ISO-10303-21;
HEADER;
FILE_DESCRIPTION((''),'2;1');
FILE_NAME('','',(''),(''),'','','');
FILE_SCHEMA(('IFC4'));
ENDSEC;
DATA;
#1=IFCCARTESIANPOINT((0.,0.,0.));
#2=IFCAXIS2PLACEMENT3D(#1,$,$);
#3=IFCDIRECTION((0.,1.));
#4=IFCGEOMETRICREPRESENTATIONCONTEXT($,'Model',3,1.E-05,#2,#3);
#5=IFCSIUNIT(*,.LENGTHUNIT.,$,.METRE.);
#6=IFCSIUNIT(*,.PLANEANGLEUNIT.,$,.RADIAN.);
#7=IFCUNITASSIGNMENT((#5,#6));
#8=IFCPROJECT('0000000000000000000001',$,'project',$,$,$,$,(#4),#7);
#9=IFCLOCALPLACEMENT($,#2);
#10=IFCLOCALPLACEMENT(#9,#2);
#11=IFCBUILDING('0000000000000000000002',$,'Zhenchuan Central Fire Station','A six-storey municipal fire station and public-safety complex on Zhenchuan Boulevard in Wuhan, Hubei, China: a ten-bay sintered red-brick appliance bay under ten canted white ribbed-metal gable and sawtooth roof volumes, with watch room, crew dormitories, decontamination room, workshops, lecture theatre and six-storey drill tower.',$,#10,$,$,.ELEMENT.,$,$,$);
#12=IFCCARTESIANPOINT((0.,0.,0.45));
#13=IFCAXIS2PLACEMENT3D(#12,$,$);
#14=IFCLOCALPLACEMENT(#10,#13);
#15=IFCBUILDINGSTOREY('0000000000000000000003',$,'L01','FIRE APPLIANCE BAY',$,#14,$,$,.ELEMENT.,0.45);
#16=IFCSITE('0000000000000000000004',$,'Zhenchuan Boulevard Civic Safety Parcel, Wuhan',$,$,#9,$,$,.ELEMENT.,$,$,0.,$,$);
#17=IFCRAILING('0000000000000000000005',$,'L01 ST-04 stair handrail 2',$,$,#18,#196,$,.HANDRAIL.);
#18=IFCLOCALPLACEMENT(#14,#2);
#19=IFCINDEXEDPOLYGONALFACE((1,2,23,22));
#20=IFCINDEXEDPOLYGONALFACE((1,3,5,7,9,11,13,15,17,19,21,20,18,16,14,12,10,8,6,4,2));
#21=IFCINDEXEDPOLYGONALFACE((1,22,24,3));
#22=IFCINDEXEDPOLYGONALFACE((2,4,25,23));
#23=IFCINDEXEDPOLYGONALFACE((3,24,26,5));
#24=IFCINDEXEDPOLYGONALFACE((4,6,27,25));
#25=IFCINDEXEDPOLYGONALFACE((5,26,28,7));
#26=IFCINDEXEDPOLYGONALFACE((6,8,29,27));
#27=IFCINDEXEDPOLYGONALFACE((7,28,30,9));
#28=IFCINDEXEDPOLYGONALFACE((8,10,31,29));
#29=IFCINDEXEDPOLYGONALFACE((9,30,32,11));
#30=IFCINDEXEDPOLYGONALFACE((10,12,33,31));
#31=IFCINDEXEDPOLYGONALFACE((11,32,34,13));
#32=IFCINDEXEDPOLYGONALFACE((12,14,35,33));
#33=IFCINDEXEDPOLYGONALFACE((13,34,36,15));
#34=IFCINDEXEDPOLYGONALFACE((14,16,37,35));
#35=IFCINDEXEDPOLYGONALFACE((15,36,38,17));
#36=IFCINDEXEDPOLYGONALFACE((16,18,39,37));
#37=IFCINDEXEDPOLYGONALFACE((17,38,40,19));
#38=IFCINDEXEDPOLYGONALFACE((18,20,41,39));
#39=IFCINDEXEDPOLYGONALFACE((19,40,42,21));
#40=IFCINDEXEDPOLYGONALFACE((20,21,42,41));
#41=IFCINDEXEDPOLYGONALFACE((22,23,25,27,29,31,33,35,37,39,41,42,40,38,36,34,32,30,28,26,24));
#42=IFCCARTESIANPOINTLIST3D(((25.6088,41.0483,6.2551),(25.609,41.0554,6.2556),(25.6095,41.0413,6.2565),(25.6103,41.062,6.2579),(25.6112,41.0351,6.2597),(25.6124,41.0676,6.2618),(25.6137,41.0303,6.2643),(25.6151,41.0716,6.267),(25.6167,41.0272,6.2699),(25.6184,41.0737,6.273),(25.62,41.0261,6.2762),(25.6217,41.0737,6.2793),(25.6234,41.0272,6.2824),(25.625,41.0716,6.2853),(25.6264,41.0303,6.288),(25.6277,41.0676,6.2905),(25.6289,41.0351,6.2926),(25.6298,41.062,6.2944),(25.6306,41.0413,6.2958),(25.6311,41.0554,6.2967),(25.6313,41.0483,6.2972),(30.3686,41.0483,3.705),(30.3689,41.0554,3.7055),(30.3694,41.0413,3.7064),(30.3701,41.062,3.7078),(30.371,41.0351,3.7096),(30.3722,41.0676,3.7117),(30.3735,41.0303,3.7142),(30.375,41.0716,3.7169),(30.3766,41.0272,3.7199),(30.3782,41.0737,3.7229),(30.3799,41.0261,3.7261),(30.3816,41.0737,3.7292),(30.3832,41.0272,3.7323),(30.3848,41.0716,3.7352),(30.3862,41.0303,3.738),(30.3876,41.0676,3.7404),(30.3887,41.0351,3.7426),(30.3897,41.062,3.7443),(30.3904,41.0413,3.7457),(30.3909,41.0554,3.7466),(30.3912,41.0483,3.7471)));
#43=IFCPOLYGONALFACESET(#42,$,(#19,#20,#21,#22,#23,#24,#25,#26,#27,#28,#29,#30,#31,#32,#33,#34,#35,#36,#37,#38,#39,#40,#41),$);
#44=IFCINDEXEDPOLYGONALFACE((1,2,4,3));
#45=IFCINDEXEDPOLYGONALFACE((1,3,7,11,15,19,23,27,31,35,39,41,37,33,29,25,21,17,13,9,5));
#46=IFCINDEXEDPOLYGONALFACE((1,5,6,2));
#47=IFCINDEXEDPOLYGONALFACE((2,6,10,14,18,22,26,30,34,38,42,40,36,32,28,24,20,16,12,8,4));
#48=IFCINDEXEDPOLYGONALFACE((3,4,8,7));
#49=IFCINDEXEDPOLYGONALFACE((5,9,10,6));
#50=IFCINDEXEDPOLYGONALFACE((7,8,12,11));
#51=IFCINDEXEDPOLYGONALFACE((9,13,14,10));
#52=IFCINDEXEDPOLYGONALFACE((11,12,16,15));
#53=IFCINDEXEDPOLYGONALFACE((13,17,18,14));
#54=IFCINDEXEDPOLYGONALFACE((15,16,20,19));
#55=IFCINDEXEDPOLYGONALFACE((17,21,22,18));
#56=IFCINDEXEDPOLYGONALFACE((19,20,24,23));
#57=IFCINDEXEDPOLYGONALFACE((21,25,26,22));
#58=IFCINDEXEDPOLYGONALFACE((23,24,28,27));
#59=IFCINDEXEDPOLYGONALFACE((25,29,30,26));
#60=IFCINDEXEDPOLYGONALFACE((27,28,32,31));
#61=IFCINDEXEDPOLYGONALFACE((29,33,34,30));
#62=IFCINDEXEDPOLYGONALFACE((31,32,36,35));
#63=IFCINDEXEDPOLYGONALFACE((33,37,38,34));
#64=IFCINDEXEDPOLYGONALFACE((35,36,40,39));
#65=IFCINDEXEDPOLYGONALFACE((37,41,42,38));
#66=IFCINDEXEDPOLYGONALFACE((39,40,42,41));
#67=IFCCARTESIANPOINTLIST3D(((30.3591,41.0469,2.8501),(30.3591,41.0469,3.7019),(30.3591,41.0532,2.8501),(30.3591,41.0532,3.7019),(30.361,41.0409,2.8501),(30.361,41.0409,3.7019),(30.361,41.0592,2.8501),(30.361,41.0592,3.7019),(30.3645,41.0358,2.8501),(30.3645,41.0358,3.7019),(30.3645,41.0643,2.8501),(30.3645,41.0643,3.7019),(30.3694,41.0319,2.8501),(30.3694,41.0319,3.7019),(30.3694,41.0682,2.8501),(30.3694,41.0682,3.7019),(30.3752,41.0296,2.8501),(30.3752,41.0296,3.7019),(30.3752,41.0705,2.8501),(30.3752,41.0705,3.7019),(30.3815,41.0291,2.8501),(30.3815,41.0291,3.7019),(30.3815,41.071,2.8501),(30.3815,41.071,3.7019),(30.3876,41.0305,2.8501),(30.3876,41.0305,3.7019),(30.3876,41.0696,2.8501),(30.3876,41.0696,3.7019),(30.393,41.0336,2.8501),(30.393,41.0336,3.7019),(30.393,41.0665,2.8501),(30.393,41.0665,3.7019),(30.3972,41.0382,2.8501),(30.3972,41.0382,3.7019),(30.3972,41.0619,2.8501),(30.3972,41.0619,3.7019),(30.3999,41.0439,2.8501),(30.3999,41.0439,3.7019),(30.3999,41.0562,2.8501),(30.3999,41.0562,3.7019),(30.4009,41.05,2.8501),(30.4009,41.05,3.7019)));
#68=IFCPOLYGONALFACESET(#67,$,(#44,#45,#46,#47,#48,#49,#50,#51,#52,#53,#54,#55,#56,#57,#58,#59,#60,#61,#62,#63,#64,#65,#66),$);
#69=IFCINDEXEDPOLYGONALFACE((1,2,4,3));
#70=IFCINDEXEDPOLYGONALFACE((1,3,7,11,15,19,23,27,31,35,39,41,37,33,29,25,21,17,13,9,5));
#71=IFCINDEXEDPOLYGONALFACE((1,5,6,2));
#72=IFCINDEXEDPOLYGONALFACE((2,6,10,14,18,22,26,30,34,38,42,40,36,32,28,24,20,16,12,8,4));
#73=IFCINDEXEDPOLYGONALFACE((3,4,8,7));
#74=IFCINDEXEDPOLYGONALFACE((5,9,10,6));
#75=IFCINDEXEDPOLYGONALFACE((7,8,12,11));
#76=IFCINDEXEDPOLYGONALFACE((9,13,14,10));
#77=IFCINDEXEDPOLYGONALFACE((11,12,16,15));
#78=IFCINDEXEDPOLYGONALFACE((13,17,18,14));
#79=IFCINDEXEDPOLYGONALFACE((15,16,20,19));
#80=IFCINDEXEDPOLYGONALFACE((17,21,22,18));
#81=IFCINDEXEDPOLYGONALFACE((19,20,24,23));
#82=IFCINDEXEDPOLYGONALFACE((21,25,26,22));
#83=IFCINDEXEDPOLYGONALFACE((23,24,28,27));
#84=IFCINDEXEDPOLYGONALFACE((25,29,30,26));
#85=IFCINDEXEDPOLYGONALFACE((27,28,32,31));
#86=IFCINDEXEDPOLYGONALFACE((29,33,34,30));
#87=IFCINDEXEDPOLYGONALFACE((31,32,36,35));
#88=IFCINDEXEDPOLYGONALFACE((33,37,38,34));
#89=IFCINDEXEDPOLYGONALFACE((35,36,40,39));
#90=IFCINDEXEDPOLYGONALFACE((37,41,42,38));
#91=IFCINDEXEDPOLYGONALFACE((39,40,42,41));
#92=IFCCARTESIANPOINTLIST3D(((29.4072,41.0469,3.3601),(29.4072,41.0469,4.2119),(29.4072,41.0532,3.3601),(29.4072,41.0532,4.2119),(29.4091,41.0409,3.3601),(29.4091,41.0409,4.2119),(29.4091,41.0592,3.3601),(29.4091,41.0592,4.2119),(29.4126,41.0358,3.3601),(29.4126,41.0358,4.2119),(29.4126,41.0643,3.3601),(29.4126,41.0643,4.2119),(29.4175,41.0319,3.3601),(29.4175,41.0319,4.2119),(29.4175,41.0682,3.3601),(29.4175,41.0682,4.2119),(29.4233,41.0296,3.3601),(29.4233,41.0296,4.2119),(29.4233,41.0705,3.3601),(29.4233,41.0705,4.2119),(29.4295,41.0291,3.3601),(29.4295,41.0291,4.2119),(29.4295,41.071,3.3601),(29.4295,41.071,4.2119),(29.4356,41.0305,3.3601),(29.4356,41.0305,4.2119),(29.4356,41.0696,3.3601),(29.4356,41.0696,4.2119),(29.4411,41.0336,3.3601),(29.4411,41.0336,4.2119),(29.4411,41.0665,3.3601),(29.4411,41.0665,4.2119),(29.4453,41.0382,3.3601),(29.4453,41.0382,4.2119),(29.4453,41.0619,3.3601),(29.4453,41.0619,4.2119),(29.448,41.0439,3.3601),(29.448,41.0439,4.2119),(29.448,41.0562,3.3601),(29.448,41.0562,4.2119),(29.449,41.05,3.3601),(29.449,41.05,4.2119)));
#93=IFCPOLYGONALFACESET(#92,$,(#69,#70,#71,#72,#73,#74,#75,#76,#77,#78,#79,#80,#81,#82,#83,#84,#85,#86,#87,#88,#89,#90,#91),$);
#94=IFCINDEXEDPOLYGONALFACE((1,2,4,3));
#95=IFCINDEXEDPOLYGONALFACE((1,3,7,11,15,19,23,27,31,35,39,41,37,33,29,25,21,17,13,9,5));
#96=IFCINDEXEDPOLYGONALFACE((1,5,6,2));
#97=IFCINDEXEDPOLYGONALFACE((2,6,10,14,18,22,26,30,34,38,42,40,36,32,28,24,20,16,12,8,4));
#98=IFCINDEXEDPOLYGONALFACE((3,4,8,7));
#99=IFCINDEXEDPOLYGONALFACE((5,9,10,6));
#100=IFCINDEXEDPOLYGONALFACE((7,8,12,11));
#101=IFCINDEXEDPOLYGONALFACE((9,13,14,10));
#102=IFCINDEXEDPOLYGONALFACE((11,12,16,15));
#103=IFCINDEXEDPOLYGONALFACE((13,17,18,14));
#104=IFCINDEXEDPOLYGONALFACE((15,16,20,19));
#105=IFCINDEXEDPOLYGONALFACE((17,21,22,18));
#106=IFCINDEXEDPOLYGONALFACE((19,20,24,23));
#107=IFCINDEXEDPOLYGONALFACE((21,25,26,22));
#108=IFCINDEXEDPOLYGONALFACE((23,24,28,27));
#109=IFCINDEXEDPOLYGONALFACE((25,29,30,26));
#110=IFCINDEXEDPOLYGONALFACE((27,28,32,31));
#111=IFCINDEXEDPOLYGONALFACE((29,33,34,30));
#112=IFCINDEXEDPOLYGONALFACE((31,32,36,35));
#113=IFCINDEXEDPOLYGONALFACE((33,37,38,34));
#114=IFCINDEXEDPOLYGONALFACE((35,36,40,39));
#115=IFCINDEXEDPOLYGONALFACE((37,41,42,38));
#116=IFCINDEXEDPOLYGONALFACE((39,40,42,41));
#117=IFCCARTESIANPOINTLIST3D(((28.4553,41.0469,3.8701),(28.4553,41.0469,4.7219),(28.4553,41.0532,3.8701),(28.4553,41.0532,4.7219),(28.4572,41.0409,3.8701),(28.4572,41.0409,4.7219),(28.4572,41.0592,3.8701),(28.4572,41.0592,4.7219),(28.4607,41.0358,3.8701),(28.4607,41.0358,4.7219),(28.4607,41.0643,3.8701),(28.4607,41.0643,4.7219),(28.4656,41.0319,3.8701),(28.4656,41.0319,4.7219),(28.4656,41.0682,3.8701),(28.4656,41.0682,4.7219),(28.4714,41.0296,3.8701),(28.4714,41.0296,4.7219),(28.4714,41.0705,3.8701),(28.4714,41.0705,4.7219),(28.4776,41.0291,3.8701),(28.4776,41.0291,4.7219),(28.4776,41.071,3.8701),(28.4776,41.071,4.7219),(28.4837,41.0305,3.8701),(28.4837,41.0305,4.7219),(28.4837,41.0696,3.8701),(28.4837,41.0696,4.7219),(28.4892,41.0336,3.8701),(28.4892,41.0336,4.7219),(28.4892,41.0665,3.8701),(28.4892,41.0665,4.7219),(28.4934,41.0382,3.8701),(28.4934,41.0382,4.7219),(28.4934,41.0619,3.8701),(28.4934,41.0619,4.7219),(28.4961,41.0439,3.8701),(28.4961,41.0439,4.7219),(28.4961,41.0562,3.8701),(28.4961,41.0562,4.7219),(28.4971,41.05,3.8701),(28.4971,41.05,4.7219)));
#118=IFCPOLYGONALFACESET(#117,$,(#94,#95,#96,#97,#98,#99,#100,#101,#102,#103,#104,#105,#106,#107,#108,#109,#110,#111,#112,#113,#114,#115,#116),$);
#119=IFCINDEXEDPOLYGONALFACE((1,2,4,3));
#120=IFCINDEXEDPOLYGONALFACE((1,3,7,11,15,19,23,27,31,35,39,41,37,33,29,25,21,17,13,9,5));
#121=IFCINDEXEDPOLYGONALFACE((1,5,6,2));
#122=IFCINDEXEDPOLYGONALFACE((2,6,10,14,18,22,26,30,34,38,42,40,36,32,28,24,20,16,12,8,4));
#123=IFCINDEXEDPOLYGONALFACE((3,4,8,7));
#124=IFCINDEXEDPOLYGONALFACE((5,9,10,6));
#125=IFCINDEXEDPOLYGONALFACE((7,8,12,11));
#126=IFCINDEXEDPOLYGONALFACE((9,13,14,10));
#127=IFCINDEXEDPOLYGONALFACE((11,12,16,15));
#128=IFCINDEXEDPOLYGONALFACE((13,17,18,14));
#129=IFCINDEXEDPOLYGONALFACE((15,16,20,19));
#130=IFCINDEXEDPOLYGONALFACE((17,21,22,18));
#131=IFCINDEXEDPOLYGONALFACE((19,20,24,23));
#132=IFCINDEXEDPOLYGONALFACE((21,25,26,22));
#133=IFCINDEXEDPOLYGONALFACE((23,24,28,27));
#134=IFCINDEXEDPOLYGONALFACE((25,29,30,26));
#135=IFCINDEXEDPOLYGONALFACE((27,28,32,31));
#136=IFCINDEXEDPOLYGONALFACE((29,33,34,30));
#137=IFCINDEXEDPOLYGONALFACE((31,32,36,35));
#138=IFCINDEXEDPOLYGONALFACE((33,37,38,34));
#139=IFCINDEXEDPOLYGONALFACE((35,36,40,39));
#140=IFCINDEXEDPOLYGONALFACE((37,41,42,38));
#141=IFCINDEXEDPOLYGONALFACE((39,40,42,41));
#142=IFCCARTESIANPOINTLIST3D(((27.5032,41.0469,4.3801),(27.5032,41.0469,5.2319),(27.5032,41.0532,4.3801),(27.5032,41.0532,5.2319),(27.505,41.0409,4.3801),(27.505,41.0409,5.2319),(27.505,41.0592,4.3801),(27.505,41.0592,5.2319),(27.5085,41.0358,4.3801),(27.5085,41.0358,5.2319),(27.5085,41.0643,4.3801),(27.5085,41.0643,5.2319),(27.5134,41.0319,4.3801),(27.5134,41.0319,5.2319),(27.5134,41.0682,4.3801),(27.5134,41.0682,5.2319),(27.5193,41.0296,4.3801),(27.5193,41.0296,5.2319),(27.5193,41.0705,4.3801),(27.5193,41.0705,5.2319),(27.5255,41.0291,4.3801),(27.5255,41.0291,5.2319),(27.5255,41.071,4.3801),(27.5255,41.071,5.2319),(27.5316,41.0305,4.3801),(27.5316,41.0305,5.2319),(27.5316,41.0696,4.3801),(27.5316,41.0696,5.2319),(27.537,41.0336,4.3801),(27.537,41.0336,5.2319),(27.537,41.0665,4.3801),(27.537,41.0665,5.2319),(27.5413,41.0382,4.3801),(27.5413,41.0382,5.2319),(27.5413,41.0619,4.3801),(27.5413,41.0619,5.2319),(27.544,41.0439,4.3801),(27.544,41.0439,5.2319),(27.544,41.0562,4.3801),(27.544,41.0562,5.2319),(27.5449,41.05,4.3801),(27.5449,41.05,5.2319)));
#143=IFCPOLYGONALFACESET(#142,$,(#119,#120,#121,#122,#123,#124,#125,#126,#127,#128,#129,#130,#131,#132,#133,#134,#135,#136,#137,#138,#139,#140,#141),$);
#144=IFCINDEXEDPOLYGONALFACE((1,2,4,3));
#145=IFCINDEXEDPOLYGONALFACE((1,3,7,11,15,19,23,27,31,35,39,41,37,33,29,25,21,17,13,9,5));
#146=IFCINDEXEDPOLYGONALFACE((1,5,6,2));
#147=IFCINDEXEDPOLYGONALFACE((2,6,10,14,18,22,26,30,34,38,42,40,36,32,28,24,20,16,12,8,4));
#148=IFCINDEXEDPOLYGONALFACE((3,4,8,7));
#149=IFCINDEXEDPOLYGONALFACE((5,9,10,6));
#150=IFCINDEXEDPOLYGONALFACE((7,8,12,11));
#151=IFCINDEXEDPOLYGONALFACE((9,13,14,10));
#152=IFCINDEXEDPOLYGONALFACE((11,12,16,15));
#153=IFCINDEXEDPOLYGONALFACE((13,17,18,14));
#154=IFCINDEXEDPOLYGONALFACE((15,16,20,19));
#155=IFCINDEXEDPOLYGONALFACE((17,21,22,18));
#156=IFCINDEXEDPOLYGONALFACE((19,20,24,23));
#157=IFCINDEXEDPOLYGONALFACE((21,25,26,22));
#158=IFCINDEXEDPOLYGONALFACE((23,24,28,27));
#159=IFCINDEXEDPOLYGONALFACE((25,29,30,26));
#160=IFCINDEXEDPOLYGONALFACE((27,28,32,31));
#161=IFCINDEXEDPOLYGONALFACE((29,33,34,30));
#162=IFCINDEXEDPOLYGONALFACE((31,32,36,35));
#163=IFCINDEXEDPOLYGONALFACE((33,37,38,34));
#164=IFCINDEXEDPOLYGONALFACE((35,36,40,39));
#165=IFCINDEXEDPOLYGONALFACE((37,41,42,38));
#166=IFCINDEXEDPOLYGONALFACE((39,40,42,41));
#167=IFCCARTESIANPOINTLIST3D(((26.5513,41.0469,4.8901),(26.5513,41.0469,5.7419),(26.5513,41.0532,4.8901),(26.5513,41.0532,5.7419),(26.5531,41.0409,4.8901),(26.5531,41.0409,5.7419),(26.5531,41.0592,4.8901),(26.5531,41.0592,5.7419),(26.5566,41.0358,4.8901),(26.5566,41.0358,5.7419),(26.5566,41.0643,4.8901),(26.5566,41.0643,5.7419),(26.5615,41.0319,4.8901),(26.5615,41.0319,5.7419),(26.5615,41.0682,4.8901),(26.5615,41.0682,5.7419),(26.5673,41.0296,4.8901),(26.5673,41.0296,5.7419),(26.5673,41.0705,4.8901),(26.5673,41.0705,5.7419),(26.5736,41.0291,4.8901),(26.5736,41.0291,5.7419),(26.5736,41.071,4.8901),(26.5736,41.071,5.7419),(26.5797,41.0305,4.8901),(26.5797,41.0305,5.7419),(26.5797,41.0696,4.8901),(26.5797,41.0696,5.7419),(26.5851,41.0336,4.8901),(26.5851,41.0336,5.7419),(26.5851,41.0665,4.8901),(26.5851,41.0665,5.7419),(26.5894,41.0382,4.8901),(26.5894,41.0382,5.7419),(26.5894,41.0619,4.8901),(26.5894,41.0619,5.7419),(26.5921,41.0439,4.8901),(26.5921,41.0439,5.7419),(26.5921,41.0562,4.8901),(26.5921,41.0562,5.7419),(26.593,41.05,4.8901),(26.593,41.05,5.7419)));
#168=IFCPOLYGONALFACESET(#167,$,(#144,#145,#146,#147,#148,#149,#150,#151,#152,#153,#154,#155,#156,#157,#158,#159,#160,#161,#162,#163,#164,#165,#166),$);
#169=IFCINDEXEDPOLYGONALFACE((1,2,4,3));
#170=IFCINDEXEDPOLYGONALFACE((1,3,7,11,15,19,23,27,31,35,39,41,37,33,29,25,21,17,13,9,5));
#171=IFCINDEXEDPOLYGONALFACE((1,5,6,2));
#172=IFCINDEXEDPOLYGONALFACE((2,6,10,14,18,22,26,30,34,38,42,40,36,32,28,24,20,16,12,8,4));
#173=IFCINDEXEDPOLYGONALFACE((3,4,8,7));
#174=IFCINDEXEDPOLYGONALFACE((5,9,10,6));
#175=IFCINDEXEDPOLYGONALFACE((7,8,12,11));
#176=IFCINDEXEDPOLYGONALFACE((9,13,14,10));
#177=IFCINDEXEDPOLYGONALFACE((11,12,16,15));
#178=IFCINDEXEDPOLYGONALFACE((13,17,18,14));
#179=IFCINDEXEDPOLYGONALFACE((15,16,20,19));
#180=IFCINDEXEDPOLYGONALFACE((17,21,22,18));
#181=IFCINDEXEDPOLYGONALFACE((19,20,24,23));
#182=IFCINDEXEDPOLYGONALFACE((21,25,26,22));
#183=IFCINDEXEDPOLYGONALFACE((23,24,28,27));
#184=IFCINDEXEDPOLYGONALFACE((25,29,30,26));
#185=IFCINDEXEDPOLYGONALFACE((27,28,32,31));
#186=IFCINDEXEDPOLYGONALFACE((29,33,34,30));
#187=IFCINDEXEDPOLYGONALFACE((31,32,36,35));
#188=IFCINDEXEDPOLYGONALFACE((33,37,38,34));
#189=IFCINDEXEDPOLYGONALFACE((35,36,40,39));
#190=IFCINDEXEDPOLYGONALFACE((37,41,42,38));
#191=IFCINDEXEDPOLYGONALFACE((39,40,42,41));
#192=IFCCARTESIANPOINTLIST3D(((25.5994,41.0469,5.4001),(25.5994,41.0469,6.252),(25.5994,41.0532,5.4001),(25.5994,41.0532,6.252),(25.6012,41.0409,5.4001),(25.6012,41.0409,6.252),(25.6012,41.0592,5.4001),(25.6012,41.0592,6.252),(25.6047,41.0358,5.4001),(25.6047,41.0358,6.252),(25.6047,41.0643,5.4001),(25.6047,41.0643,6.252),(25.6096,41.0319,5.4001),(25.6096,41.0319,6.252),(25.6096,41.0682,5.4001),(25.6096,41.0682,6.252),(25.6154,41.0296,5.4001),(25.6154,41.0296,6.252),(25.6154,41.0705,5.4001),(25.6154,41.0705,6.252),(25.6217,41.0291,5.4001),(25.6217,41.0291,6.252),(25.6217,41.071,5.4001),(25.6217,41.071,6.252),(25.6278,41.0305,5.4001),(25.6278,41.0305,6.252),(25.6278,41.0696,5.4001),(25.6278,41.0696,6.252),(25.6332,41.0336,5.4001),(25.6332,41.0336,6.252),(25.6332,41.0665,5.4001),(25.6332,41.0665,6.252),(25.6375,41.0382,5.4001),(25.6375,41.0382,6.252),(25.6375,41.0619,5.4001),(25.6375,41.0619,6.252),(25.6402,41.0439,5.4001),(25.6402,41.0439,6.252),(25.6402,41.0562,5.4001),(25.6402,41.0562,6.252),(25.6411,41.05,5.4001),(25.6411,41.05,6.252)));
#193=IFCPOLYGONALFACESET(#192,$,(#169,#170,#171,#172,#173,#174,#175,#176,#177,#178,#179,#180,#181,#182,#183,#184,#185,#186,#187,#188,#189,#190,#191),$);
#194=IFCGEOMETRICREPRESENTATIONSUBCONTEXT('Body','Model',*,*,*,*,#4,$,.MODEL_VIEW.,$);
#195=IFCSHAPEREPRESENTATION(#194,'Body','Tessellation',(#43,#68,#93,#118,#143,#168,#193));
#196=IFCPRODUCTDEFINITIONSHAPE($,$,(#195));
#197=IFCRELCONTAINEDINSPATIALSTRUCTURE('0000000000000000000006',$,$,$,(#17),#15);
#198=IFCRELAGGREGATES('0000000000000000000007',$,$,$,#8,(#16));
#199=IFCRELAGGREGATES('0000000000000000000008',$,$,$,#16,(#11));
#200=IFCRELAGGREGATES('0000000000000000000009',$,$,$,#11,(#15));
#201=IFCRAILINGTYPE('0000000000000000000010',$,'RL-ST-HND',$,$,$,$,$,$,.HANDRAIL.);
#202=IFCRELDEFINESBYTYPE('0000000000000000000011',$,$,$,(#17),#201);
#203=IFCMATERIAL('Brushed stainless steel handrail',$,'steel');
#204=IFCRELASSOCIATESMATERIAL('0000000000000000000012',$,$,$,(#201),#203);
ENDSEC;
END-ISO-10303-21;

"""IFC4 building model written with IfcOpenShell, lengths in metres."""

from ifc_helpers import new_model, si_unit, direction, frame, origin, origin_2d, place, context, subcontext, project, spatial, circle, extrude, material, type_object, element, save


model = new_model("IFC4")

# Units and contexts
model_context = context("Model", 3, precision=1e-05, world=origin(), true_north=direction((0.0, 1.0)))
body_context = subcontext(model_context, "Body", "Model", "MODEL_VIEW")
ifc_project = project(units=[si_unit("LENGTHUNIT", "METRE"), si_unit("PLANEANGLEUNIT", "RADIAN")], contexts=[model_context])

# Site, building, storey
site_placement = place(None, origin())
site = spatial("IfcSite", under=ifc_project, at=site_placement, Name="Zhenchuan Boulevard Civic Safety Parcel, Wuhan", CompositionType="ELEMENT", RefElevation=0.0)
building_placement = place(site_placement, origin())
building = spatial("IfcBuilding", under=site, at=building_placement, Name="Zhenchuan Central Fire Station", Description="A six-storey municipal fire station and public-safety complex on Zhenchuan Boulevard in Wuhan, Hubei, China: a ten-bay sintered red-brick appliance bay under ten canted white ribbed-metal gable and sawtooth roof volumes, with watch room, crew dormitories, decontamination room, workshops, lecture theatre and six-storey drill tower.", CompositionType="ELEMENT")
storey_placement = place(building_placement, frame((0.0, 0.0, 0.45)))
storey = spatial("IfcBuildingStorey", under=building, at=storey_placement, Name="L01", Description="FIRE APPLIANCE BAY", CompositionType="ELEMENT", Elevation=0.45)

# Railing
ifc_material_1 = material(Name="Brushed stainless steel handrail", Category="steel")
railing_type_1 = type_object("IfcRailingType", Name="RL-ST-HND", PredefinedType="HANDRAIL", material=ifc_material_1)
railing_1_placement = place(storey_placement, frame((30.3799, 41.05, 2.8501)))
element("IfcRailing", 1, at=railing_1_placement, inside=storey, type_object=railing_type_1, Name="L01 ST-04 stair handrail 2", PredefinedType="HANDRAIL", context=body_context, shape_type="SweptSolid", body=[
    extrude(circle(Radius=0.0239, at=origin_2d()), frame((0.0, 0.0, 0.876), z_axis=(-0.881467, 0.0, 0.472247), x_axis=(0.0, -1.0, 0.0)), (0.0, 0.0, 1.0), 5.3999),
    extrude(circle(Radius=0.021, at=origin_2d()), origin(), (0.0, 0.0, 1.0), 0.8518),
    extrude(circle(Radius=0.021, at=origin_2d()), frame((-0.9519, 0.0, 0.51)), (0.0, 0.0, 1.0), 0.8518),
    extrude(circle(Radius=0.021, at=origin_2d()), frame((-1.9038, 0.0, 1.02)), (0.0, 0.0, 1.0), 0.8518),
    extrude(circle(Radius=0.021, at=origin_2d()), frame((-2.856, 0.0, 1.53)), (0.0, 0.0, 1.0), 0.8518),
    extrude(circle(Radius=0.021, at=origin_2d()), frame((-3.8079, 0.0, 2.04)), (0.0, 0.0, 1.0), 0.8518),
    extrude(circle(Radius=0.021, at=origin_2d()), frame((-4.7598, 0.0, 2.55)), (0.0, 0.0, 1.0), 0.8518),
])

save(model, "model.ifc")
